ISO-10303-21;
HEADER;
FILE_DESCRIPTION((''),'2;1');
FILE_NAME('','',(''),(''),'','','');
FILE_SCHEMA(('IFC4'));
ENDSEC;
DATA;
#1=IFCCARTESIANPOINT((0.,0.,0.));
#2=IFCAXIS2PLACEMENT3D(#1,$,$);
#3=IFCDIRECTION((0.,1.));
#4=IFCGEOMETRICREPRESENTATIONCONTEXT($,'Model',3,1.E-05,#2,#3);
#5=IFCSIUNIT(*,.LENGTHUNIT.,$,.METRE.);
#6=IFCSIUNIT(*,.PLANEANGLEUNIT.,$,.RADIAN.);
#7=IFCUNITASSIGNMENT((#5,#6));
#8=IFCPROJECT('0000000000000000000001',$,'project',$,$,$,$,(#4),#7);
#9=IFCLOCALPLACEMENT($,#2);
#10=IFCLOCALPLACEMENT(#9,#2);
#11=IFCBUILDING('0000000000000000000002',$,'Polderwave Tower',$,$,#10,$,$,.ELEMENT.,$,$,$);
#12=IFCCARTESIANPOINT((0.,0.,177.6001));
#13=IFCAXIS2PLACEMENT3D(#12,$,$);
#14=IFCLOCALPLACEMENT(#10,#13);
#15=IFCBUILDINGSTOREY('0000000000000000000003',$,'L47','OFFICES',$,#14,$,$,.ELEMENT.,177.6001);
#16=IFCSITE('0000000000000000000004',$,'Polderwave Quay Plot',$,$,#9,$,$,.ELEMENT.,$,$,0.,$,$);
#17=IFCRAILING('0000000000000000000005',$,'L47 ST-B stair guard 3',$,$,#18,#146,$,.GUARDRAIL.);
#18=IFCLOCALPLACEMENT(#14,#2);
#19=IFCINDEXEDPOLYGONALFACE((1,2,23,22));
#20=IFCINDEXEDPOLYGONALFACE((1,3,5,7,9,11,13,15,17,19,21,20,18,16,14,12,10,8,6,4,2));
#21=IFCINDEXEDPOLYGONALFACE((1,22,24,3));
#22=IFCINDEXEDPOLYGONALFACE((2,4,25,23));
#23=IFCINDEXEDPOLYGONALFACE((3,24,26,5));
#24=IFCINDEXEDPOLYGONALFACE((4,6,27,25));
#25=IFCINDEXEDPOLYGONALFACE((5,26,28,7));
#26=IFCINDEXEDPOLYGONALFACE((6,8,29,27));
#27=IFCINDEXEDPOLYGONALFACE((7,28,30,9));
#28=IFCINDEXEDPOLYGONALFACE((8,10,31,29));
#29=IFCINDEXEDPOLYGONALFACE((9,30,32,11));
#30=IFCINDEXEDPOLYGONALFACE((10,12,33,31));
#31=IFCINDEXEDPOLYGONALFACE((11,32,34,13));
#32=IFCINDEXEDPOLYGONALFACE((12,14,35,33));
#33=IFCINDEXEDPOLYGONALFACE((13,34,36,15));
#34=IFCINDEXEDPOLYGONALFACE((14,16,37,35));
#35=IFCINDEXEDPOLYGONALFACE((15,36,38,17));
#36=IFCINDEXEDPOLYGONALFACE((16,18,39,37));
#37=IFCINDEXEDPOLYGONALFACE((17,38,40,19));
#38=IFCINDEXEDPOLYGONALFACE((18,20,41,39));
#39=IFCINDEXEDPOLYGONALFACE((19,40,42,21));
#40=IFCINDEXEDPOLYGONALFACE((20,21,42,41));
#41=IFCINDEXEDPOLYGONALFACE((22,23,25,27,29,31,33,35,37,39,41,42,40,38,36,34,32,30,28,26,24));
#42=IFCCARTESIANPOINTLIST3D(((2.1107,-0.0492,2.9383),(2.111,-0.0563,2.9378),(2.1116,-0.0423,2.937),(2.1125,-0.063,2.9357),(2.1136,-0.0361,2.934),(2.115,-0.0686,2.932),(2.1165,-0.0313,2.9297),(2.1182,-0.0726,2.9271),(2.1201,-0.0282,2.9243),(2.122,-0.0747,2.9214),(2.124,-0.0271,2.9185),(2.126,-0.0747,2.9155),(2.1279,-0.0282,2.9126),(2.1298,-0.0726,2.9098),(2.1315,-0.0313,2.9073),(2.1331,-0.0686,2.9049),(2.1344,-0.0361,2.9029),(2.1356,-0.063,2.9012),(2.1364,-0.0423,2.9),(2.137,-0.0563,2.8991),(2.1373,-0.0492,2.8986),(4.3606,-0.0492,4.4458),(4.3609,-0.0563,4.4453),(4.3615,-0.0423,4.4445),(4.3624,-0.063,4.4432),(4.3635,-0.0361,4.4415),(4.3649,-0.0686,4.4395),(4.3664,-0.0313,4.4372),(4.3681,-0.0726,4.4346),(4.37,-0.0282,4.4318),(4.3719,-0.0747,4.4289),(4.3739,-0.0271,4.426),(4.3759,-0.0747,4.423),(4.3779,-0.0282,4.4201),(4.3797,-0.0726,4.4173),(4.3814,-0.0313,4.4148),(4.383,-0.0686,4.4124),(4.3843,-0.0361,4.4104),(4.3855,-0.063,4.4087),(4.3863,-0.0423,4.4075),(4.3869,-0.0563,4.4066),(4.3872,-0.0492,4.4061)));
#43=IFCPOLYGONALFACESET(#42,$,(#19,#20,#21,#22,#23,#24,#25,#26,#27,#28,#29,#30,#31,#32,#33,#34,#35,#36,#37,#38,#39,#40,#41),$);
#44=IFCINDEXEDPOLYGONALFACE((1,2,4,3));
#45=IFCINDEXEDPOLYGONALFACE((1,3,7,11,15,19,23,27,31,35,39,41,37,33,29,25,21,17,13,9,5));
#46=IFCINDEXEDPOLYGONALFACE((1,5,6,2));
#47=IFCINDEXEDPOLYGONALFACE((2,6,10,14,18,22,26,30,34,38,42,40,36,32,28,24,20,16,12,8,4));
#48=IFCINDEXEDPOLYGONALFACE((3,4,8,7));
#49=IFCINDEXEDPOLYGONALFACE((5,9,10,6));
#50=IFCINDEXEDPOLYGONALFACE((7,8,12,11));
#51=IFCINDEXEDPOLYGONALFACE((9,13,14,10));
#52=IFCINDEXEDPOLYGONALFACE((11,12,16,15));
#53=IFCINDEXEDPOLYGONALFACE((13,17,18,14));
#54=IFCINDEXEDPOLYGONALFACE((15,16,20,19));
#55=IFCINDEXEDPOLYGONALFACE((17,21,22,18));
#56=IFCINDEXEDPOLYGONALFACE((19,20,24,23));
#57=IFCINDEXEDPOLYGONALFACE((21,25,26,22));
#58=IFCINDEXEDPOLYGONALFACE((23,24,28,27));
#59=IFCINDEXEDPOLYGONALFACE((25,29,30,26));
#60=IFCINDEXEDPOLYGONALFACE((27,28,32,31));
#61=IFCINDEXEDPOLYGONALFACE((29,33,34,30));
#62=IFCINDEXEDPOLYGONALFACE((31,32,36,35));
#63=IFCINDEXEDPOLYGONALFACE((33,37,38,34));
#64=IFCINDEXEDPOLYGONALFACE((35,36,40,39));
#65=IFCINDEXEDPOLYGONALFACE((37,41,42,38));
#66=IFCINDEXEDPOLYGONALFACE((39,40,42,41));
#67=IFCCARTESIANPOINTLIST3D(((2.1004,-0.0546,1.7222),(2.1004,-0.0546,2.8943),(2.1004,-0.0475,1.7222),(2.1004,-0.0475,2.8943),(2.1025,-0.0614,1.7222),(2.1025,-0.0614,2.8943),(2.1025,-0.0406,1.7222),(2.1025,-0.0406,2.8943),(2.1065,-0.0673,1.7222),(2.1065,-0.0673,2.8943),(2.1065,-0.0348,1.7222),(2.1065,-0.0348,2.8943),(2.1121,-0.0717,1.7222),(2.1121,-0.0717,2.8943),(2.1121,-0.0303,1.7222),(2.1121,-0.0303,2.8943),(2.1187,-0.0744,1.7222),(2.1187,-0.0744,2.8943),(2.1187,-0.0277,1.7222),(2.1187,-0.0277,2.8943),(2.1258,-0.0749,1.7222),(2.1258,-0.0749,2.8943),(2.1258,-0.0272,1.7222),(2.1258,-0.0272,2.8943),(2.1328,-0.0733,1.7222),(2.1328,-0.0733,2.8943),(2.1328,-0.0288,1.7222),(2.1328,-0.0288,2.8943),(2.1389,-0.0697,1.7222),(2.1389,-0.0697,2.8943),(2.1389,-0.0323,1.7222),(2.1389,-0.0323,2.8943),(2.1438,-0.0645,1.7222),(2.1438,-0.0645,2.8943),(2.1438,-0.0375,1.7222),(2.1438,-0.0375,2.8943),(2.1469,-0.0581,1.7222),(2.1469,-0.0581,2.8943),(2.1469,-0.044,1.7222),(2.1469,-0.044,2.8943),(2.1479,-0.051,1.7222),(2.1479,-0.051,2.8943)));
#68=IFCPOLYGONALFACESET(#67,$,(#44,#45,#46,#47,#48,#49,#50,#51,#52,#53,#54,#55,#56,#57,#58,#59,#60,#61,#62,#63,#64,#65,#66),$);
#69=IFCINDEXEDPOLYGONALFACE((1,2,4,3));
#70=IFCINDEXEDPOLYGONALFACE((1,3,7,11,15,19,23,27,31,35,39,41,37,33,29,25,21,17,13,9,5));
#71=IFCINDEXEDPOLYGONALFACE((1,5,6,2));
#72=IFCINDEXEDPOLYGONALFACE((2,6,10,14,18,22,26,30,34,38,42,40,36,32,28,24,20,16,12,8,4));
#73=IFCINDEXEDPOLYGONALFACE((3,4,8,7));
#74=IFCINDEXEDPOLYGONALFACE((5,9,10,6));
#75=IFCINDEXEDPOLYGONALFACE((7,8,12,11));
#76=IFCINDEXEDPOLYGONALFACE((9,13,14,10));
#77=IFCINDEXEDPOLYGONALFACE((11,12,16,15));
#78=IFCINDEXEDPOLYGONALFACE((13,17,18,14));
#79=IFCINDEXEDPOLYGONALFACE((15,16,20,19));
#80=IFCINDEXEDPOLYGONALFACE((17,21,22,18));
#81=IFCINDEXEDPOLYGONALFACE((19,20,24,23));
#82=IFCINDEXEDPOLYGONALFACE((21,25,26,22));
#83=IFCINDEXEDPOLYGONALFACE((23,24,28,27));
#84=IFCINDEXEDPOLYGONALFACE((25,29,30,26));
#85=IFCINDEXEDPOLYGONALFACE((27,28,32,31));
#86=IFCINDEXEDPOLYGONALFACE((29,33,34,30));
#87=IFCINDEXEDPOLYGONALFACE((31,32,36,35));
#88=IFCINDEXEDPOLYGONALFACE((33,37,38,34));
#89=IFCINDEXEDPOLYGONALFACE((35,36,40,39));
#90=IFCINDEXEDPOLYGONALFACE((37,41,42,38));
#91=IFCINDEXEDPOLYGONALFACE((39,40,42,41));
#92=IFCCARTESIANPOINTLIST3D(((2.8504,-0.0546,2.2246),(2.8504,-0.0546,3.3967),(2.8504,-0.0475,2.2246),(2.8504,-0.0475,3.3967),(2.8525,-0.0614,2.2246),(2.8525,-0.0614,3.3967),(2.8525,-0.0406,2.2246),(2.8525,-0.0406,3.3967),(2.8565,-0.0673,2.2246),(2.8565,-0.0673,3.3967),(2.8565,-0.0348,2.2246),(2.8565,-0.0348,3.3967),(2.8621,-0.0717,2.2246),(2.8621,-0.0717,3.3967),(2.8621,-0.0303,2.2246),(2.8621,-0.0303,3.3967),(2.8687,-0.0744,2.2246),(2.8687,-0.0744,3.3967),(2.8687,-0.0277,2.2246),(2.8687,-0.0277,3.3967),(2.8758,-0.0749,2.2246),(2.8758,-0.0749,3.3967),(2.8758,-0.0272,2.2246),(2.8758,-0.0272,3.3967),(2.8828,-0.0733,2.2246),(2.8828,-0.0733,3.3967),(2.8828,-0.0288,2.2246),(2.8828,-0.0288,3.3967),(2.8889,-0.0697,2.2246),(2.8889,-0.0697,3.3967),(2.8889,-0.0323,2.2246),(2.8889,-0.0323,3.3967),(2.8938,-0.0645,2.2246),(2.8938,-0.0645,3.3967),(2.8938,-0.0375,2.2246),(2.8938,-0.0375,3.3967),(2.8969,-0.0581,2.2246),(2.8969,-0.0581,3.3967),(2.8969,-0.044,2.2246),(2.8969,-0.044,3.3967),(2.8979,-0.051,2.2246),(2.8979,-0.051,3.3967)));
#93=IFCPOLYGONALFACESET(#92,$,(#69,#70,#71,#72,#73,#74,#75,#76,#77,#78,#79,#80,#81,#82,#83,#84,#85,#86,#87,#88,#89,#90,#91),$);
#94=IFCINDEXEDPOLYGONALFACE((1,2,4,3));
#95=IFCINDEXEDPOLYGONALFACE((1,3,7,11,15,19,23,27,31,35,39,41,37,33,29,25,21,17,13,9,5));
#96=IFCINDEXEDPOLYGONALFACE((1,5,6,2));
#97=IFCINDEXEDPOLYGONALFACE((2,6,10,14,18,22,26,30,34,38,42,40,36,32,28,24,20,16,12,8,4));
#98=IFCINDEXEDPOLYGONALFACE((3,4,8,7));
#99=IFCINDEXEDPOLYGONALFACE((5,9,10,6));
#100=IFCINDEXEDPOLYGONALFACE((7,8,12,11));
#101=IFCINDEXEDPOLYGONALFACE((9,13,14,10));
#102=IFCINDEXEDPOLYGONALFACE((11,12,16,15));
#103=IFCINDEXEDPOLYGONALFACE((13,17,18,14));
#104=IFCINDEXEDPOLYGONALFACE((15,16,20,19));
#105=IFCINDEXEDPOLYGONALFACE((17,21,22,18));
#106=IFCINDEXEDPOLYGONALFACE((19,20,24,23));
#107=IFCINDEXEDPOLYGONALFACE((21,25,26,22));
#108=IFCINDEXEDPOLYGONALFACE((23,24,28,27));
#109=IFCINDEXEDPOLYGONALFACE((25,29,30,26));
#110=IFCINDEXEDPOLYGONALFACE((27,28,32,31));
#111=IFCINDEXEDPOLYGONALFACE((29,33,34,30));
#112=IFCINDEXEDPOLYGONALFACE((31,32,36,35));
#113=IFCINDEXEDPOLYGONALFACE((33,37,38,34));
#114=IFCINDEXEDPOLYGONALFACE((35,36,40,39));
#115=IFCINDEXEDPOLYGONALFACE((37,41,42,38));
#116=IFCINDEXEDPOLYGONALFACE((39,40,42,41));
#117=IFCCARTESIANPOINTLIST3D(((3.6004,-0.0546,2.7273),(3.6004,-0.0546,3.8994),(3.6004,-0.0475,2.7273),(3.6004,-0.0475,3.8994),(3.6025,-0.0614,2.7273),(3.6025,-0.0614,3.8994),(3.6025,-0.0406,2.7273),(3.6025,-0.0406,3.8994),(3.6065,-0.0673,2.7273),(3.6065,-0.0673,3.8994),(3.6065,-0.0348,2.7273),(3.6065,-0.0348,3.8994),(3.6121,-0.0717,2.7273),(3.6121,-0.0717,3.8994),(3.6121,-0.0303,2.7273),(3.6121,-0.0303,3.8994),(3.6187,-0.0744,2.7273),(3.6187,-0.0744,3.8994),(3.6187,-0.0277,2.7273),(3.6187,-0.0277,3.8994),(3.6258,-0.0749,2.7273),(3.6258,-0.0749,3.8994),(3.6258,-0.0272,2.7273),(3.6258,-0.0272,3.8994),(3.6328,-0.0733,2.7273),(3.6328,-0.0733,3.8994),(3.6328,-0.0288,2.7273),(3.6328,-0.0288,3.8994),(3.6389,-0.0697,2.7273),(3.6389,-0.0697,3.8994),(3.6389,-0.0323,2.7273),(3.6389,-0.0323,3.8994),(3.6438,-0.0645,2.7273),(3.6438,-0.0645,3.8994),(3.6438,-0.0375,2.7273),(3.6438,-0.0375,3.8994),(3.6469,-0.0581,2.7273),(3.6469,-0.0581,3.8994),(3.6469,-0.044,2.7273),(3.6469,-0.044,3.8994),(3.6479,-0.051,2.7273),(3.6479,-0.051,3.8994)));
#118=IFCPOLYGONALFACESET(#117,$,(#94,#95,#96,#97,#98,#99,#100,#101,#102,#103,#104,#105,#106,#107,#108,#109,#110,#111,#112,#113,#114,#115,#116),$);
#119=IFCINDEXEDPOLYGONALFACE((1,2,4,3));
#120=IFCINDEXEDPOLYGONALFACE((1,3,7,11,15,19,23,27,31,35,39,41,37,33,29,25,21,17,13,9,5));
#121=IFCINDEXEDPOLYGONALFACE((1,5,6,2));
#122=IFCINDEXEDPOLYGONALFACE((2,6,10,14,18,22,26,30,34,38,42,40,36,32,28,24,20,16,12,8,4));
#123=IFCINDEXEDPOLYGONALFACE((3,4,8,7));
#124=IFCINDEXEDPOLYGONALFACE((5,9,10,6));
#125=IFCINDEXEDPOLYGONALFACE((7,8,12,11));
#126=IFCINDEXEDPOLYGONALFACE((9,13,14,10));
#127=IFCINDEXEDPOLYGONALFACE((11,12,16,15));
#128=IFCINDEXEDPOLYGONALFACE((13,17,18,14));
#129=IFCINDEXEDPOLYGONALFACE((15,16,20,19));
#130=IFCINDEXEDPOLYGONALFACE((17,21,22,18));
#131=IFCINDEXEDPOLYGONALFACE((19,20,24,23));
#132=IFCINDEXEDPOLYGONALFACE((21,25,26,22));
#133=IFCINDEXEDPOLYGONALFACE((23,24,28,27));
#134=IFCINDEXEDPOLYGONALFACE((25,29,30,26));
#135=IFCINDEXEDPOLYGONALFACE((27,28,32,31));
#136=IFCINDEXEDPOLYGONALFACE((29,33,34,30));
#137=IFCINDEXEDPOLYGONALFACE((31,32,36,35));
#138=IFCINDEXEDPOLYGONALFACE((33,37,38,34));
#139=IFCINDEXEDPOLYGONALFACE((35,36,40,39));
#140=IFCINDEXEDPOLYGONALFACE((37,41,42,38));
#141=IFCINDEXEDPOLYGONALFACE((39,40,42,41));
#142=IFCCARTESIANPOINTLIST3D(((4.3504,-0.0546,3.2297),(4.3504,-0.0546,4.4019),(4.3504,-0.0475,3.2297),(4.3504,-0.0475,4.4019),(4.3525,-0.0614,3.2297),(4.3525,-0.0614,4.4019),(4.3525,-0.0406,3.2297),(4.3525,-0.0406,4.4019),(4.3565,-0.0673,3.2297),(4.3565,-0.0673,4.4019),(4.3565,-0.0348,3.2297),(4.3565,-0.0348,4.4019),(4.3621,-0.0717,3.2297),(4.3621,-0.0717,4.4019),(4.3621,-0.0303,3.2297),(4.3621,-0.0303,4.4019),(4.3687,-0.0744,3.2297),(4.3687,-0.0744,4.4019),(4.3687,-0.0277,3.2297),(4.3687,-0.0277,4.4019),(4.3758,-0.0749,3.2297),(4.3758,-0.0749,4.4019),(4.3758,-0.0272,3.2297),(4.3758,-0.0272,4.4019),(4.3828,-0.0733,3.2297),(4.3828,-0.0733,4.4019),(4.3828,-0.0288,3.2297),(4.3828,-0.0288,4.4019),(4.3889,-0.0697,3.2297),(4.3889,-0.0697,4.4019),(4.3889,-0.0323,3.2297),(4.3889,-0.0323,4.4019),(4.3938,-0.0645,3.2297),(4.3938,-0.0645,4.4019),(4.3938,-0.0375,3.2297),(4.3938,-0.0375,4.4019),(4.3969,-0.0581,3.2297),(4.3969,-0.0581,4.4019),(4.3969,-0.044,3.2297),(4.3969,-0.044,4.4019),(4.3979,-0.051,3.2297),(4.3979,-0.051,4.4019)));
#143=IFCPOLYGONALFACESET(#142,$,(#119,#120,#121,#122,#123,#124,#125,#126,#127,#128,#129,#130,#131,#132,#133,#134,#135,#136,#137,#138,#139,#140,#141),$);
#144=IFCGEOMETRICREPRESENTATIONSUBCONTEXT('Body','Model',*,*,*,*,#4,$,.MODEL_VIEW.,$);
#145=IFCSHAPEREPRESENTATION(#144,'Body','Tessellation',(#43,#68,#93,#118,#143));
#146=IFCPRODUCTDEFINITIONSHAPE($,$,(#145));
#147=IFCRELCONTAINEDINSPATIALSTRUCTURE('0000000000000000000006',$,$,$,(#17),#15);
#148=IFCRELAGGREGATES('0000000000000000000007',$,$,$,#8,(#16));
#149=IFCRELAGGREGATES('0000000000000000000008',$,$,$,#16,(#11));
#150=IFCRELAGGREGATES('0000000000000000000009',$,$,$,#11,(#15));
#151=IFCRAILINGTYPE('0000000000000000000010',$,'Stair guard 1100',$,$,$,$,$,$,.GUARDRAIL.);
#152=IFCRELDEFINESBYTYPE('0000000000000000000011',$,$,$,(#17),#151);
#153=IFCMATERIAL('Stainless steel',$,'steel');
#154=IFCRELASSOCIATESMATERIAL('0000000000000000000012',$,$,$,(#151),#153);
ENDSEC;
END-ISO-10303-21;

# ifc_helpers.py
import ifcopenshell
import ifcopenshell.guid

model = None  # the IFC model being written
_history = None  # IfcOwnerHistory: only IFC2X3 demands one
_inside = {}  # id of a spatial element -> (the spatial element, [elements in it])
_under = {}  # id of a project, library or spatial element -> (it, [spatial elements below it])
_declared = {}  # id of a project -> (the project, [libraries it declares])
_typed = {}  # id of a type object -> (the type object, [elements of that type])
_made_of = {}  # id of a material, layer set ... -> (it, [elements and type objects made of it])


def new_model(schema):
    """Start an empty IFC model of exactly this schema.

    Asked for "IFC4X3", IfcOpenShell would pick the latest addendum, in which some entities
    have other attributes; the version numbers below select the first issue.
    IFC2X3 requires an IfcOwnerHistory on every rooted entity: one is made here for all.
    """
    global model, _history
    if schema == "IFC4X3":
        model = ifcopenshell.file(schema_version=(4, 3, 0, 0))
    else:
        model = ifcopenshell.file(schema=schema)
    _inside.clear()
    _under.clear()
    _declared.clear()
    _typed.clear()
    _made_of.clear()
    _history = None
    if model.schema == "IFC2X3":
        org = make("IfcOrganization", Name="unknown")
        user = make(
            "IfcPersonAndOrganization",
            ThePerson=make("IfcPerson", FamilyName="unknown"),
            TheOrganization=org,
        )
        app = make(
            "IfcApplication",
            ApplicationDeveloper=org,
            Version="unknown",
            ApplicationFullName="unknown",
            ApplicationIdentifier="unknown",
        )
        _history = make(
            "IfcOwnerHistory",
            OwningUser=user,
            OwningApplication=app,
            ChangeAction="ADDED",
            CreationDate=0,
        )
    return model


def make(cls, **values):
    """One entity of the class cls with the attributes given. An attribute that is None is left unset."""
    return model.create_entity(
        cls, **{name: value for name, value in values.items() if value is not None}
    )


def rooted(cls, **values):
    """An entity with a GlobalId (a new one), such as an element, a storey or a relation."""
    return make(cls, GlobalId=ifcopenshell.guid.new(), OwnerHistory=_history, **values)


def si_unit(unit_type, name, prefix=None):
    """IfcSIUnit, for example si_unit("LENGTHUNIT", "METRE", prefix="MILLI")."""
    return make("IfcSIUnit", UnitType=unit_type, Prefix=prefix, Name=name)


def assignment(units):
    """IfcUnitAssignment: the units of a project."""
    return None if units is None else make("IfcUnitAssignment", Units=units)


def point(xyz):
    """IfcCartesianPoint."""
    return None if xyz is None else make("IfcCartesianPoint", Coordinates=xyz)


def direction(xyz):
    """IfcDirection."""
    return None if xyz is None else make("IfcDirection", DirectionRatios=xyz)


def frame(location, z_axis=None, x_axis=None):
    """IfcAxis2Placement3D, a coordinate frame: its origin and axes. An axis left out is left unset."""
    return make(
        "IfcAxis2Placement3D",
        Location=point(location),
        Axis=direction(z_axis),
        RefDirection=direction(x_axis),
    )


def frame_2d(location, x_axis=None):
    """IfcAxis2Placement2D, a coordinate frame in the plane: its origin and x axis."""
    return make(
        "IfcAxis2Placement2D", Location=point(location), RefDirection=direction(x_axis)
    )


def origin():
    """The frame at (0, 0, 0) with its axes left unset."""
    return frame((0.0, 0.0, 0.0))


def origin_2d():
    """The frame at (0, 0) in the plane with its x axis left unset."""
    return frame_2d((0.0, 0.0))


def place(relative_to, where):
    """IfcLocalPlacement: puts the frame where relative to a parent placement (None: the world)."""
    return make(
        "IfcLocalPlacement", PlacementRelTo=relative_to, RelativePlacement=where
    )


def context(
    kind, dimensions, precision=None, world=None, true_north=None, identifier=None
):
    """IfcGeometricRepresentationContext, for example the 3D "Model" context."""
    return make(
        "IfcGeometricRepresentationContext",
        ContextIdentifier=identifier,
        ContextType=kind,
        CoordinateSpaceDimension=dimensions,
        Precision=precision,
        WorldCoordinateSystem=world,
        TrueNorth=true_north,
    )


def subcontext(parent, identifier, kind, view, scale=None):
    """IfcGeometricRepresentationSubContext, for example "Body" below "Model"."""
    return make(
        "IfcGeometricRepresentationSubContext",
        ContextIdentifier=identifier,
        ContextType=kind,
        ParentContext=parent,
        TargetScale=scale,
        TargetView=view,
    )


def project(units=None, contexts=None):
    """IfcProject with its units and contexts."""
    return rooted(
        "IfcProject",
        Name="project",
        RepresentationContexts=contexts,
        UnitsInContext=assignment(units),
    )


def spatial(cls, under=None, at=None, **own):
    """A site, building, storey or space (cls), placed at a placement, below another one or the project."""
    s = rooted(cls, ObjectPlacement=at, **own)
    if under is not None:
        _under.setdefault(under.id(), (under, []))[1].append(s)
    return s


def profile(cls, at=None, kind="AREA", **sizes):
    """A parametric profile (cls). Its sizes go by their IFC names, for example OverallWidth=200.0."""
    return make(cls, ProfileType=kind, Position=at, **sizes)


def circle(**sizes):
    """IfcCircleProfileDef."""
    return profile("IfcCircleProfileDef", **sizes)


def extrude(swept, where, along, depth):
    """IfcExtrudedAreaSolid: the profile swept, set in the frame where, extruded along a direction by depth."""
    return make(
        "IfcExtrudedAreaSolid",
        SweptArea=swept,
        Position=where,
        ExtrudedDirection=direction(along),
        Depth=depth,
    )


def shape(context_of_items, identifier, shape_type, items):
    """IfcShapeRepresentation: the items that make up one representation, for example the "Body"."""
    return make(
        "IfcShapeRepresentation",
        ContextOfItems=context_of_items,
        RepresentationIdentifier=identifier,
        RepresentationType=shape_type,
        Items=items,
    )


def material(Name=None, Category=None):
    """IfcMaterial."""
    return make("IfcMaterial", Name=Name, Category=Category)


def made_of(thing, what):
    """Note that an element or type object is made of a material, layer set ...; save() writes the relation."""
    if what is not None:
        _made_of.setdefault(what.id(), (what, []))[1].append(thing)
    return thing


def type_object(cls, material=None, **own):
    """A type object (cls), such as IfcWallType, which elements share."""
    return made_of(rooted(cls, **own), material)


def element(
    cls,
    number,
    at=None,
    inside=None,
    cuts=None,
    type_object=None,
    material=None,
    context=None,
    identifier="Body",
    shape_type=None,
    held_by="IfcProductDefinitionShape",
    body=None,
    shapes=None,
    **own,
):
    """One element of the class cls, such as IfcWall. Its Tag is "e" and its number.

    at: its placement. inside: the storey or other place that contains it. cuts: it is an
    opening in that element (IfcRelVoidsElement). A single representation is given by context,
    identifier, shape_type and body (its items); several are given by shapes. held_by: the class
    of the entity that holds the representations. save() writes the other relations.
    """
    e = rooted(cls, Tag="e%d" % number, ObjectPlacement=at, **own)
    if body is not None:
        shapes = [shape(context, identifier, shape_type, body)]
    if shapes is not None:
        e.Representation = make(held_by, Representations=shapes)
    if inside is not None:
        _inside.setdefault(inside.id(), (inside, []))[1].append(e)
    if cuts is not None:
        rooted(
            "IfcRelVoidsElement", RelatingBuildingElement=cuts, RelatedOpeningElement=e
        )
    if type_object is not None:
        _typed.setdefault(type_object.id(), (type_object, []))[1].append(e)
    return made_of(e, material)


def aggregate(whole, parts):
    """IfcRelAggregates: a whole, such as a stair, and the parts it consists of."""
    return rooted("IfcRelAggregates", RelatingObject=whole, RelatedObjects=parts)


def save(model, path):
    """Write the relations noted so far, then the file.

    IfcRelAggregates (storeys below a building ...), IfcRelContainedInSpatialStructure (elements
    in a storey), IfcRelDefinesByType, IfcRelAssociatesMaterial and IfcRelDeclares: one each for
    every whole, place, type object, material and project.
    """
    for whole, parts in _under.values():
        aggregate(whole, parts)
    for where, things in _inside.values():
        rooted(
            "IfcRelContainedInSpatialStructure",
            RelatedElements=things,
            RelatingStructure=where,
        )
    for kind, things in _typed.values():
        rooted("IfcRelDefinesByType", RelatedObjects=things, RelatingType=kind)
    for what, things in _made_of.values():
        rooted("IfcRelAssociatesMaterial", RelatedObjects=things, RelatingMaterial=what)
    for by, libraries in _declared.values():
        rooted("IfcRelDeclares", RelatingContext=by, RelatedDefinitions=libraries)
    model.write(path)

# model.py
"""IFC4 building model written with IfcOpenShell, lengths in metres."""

from ifc_helpers import new_model, si_unit, direction, frame, origin, origin_2d, place, context, subcontext, project, spatial, circle, extrude, material, type_object, element, save


model = new_model("IFC4")

# Units and contexts
model_context = context("Model", 3, precision=1e-05, world=origin(), true_north=direction((0.0, 1.0)))
body_context = subcontext(model_context, "Body", "Model", "MODEL_VIEW")
ifc_project = project(units=[si_unit("LENGTHUNIT", "METRE"), si_unit("PLANEANGLEUNIT", "RADIAN")], contexts=[model_context])

# Site, building, storey
site_placement = place(None, origin())
site = spatial("IfcSite", under=ifc_project, at=site_placement, Name="Polderwave Quay Plot", CompositionType="ELEMENT", RefElevation=0.0)
building_placement = place(site_placement, origin())
building = spatial("IfcBuilding", under=site, at=building_placement, Name="Polderwave Tower", CompositionType="ELEMENT")
storey_placement = place(building_placement, frame((0.0, 0.0, 177.6001)))
storey = spatial("IfcBuildingStorey", under=building, at=storey_placement, Name="L47", Description="OFFICES", CompositionType="ELEMENT", Elevation=177.6001)

# Railing
ifc_material_1 = material(Name="Stainless steel", Category="steel")
railing_type_1 = type_object("IfcRailingType", Name="Stair guard 1100", PredefinedType="GUARDRAIL", material=ifc_material_1)
railing_1_placement = place(storey_placement, frame((2.124, -0.051, 1.7222)))
element("IfcRailing", 1, at=railing_1_placement, inside=storey, type_object=railing_type_1, Name="L47 ST-B stair guard 3", PredefinedType="GUARDRAIL", context=body_context, shape_type="SweptSolid", body=[
    extrude(circle(Radius=0.0239, at=origin_2d()), frame((0.0, 0.0, 1.1963), z_axis=(0.830758, 0.0, 0.556633), x_axis=(0.0, 1.0, 0.0)), (0.0, 0.0, 1.0), 2.7083),
    extrude(circle(Radius=0.0239, at=origin_2d()), origin(), (0.0, 0.0, 1.0), 1.1721),
    extrude(circle(Radius=0.0239, at=origin_2d()), frame((0.75, 0.0, 0.5024)), (0.0, 0.0, 1.0), 1.1721),
    extrude(circle(Radius=0.0239, at=origin_2d()), frame((1.5, 0.0, 1.0051)), (0.0, 0.0, 1.0), 1.1721),
    extrude(circle(Radius=0.0239, at=origin_2d()), frame((2.25, 0.0, 1.5076)), (0.0, 0.0, 1.0), 1.1721),
])

save(model, "model.ifc")
